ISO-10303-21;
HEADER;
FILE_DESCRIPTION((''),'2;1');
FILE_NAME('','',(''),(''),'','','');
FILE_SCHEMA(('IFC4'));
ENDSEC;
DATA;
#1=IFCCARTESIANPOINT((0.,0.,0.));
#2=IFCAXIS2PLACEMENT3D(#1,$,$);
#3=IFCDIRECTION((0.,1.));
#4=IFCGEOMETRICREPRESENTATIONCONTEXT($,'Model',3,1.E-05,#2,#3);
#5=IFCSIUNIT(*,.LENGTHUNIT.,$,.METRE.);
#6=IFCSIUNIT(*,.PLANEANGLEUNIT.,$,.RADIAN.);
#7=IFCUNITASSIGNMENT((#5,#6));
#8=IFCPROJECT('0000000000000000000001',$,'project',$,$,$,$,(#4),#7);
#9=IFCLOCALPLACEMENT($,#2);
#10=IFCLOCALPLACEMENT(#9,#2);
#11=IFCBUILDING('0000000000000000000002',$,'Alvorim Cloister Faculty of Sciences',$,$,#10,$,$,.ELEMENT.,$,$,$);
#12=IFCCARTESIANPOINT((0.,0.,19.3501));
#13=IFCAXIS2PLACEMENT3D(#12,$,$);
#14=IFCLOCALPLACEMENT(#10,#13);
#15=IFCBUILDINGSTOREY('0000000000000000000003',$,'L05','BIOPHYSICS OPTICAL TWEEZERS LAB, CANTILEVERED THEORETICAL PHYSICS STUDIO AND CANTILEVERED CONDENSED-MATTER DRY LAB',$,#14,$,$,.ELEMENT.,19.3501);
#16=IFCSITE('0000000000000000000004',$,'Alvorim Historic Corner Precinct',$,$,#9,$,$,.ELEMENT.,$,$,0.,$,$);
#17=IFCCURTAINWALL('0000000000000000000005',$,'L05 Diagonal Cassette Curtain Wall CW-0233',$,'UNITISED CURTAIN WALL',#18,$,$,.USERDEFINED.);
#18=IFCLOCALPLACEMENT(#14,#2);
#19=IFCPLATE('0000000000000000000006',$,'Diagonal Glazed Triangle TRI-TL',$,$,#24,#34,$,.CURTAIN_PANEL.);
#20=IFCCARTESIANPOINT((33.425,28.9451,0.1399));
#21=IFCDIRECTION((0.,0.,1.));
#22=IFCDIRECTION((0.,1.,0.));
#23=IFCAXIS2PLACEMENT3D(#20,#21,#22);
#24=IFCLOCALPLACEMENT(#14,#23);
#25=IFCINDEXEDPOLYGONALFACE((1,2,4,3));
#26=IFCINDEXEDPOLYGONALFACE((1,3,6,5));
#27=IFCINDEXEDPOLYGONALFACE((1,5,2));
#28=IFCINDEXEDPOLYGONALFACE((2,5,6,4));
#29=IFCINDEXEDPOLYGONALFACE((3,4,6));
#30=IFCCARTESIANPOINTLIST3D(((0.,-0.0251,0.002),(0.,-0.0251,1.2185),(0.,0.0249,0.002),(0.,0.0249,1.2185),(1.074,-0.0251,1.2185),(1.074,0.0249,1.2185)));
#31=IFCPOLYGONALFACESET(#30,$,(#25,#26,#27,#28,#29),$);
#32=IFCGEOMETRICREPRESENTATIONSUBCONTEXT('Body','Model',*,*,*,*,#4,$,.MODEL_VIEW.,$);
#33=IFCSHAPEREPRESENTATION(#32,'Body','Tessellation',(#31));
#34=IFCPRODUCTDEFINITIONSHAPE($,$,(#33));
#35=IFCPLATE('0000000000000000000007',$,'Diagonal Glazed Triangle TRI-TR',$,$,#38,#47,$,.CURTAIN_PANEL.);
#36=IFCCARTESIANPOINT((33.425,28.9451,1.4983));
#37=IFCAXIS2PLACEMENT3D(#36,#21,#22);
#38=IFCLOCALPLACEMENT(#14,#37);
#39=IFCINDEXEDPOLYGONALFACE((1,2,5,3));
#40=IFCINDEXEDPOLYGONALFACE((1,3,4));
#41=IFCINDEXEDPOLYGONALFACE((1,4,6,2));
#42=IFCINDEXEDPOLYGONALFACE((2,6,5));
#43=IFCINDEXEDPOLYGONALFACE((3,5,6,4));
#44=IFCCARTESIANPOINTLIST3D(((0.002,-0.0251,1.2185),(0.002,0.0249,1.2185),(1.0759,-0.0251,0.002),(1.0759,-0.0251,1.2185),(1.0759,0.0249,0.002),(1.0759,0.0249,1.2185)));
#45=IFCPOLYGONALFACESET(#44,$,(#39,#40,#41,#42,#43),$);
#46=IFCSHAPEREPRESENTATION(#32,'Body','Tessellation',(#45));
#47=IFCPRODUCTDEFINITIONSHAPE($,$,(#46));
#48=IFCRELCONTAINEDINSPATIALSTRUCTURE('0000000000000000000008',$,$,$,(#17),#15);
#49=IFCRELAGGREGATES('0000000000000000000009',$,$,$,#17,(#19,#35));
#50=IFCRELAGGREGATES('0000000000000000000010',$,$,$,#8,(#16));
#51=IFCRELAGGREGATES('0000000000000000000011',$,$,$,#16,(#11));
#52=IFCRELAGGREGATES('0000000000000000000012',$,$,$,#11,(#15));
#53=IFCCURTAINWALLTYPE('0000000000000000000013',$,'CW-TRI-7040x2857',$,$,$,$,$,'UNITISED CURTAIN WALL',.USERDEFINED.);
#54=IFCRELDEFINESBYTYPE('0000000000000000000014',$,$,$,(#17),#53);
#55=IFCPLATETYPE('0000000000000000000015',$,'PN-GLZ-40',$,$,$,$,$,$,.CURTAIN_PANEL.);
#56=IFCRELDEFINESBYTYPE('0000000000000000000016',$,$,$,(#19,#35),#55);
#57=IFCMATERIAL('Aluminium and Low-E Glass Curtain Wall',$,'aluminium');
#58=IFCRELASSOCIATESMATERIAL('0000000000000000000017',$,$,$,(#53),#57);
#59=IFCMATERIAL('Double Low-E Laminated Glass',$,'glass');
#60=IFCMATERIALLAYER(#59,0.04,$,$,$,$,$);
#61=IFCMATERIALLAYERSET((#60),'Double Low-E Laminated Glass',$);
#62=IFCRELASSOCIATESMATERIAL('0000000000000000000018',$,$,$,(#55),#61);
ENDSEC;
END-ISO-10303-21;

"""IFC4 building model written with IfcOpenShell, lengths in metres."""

from ifc_helpers import new_model, si_unit, direction, frame, origin, place, context, subcontext, project, spatial, polyline, outline, extrude, material, layer, layer_set, type_object, element, aggregate, save


model = new_model("IFC4")

# Units and contexts
model_context = context("Model", 3, precision=1e-05, world=origin(), true_north=direction((0.0, 1.0)))
body_context = subcontext(model_context, "Body", "Model", "MODEL_VIEW")
ifc_project = project(units=[si_unit("LENGTHUNIT", "METRE"), si_unit("PLANEANGLEUNIT", "RADIAN")], contexts=[model_context])

# Site, building, storey
site_placement = place(None, origin())
site = spatial("IfcSite", under=ifc_project, at=site_placement, Name="Alvorim Historic Corner Precinct", CompositionType="ELEMENT", RefElevation=0.0)
building_placement = place(site_placement, origin())
building = spatial("IfcBuilding", under=site, at=building_placement, Name="Alvorim Cloister Faculty of Sciences", CompositionType="ELEMENT")
storey_placement = place(building_placement, frame((0.0, 0.0, 19.3501)))
storey = spatial("IfcBuildingStorey", under=building, at=storey_placement, Name="L05", Description="BIOPHYSICS OPTICAL TWEEZERS LAB, CANTILEVERED THEORETICAL PHYSICS STUDIO AND CANTILEVERED CONDENSED-MATTER DRY LAB", CompositionType="ELEMENT", Elevation=19.3501)

# Curtain wall
ifc_material_1 = material(Name="Aluminium and Low-E Glass Curtain Wall", Category="aluminium")
curtain_wall_type_1 = type_object("IfcCurtainWallType", Name="CW-TRI-7040x2857", ElementType="UNITISED CURTAIN WALL", PredefinedType="USERDEFINED", material=ifc_material_1)
curtain_wall_1_placement = place(storey_placement, origin())
curtain_wall_1 = element("IfcCurtainWall", 1, at=curtain_wall_1_placement, inside=storey, type_object=curtain_wall_type_1, Name="L05 Diagonal Cassette Curtain Wall CW-0233", ObjectType="UNITISED CURTAIN WALL", PredefinedType="USERDEFINED")

# Plates
ifc_material_2 = material(Name="Double Low-E Laminated Glass", Category="glass")
ifc_layer = layer(ifc_material_2, 0.04)
ifc_layer_set = layer_set([ifc_layer], Name="Double Low-E Laminated Glass")
plate_type = type_object("IfcPlateType", Name="PN-GLZ-40", PredefinedType="CURTAIN_PANEL", material=ifc_layer_set)
plate_1_placement = place(storey_placement, frame((33.425, 28.9451, 0.1399), z_axis=(0.0, 0.0, 1.0), x_axis=(0.0, 1.0, 0.0)))
plate_1 = element("IfcPlate", 2, at=plate_1_placement, type_object=plate_type, Name="Diagonal Glazed Triangle TRI-TL", PredefinedType="CURTAIN_PANEL", context=body_context, shape_type="SweptSolid", body=[
    extrude(outline(polyline([(1.074, 1.2185), (0.0, 1.2185), (0.0, 0.002), (1.074, 1.2185)])), frame((0.0, 0.0249, 0.0), z_axis=(0.0, -1.0, 0.0), x_axis=(1.0, 0.0, 0.0)), (0.0, 0.0, 1.0), 0.05),
])
plate_2_placement = place(storey_placement, frame((33.425, 28.9451, 1.4983), z_axis=(0.0, 0.0, 1.0), x_axis=(0.0, 1.0, 0.0)))
plate_2 = element("IfcPlate", 3, at=plate_2_placement, type_object=plate_type, Name="Diagonal Glazed Triangle TRI-TR", PredefinedType="CURTAIN_PANEL", context=body_context, shape_type="SweptSolid", body=[
    extrude(outline(polyline([(1.0759, 0.002), (1.0759, 1.2185), (0.002, 1.2185), (1.0759, 0.002)])), frame((0.0, 0.0249, 0.0), z_axis=(0.0, -1.0, 0.0), x_axis=(1.0, 0.0, 0.0)), (0.0, 0.0, 1.0), 0.05),
])
aggregate(curtain_wall_1, [plate_1, plate_2])

save(model, "model.ifc")
